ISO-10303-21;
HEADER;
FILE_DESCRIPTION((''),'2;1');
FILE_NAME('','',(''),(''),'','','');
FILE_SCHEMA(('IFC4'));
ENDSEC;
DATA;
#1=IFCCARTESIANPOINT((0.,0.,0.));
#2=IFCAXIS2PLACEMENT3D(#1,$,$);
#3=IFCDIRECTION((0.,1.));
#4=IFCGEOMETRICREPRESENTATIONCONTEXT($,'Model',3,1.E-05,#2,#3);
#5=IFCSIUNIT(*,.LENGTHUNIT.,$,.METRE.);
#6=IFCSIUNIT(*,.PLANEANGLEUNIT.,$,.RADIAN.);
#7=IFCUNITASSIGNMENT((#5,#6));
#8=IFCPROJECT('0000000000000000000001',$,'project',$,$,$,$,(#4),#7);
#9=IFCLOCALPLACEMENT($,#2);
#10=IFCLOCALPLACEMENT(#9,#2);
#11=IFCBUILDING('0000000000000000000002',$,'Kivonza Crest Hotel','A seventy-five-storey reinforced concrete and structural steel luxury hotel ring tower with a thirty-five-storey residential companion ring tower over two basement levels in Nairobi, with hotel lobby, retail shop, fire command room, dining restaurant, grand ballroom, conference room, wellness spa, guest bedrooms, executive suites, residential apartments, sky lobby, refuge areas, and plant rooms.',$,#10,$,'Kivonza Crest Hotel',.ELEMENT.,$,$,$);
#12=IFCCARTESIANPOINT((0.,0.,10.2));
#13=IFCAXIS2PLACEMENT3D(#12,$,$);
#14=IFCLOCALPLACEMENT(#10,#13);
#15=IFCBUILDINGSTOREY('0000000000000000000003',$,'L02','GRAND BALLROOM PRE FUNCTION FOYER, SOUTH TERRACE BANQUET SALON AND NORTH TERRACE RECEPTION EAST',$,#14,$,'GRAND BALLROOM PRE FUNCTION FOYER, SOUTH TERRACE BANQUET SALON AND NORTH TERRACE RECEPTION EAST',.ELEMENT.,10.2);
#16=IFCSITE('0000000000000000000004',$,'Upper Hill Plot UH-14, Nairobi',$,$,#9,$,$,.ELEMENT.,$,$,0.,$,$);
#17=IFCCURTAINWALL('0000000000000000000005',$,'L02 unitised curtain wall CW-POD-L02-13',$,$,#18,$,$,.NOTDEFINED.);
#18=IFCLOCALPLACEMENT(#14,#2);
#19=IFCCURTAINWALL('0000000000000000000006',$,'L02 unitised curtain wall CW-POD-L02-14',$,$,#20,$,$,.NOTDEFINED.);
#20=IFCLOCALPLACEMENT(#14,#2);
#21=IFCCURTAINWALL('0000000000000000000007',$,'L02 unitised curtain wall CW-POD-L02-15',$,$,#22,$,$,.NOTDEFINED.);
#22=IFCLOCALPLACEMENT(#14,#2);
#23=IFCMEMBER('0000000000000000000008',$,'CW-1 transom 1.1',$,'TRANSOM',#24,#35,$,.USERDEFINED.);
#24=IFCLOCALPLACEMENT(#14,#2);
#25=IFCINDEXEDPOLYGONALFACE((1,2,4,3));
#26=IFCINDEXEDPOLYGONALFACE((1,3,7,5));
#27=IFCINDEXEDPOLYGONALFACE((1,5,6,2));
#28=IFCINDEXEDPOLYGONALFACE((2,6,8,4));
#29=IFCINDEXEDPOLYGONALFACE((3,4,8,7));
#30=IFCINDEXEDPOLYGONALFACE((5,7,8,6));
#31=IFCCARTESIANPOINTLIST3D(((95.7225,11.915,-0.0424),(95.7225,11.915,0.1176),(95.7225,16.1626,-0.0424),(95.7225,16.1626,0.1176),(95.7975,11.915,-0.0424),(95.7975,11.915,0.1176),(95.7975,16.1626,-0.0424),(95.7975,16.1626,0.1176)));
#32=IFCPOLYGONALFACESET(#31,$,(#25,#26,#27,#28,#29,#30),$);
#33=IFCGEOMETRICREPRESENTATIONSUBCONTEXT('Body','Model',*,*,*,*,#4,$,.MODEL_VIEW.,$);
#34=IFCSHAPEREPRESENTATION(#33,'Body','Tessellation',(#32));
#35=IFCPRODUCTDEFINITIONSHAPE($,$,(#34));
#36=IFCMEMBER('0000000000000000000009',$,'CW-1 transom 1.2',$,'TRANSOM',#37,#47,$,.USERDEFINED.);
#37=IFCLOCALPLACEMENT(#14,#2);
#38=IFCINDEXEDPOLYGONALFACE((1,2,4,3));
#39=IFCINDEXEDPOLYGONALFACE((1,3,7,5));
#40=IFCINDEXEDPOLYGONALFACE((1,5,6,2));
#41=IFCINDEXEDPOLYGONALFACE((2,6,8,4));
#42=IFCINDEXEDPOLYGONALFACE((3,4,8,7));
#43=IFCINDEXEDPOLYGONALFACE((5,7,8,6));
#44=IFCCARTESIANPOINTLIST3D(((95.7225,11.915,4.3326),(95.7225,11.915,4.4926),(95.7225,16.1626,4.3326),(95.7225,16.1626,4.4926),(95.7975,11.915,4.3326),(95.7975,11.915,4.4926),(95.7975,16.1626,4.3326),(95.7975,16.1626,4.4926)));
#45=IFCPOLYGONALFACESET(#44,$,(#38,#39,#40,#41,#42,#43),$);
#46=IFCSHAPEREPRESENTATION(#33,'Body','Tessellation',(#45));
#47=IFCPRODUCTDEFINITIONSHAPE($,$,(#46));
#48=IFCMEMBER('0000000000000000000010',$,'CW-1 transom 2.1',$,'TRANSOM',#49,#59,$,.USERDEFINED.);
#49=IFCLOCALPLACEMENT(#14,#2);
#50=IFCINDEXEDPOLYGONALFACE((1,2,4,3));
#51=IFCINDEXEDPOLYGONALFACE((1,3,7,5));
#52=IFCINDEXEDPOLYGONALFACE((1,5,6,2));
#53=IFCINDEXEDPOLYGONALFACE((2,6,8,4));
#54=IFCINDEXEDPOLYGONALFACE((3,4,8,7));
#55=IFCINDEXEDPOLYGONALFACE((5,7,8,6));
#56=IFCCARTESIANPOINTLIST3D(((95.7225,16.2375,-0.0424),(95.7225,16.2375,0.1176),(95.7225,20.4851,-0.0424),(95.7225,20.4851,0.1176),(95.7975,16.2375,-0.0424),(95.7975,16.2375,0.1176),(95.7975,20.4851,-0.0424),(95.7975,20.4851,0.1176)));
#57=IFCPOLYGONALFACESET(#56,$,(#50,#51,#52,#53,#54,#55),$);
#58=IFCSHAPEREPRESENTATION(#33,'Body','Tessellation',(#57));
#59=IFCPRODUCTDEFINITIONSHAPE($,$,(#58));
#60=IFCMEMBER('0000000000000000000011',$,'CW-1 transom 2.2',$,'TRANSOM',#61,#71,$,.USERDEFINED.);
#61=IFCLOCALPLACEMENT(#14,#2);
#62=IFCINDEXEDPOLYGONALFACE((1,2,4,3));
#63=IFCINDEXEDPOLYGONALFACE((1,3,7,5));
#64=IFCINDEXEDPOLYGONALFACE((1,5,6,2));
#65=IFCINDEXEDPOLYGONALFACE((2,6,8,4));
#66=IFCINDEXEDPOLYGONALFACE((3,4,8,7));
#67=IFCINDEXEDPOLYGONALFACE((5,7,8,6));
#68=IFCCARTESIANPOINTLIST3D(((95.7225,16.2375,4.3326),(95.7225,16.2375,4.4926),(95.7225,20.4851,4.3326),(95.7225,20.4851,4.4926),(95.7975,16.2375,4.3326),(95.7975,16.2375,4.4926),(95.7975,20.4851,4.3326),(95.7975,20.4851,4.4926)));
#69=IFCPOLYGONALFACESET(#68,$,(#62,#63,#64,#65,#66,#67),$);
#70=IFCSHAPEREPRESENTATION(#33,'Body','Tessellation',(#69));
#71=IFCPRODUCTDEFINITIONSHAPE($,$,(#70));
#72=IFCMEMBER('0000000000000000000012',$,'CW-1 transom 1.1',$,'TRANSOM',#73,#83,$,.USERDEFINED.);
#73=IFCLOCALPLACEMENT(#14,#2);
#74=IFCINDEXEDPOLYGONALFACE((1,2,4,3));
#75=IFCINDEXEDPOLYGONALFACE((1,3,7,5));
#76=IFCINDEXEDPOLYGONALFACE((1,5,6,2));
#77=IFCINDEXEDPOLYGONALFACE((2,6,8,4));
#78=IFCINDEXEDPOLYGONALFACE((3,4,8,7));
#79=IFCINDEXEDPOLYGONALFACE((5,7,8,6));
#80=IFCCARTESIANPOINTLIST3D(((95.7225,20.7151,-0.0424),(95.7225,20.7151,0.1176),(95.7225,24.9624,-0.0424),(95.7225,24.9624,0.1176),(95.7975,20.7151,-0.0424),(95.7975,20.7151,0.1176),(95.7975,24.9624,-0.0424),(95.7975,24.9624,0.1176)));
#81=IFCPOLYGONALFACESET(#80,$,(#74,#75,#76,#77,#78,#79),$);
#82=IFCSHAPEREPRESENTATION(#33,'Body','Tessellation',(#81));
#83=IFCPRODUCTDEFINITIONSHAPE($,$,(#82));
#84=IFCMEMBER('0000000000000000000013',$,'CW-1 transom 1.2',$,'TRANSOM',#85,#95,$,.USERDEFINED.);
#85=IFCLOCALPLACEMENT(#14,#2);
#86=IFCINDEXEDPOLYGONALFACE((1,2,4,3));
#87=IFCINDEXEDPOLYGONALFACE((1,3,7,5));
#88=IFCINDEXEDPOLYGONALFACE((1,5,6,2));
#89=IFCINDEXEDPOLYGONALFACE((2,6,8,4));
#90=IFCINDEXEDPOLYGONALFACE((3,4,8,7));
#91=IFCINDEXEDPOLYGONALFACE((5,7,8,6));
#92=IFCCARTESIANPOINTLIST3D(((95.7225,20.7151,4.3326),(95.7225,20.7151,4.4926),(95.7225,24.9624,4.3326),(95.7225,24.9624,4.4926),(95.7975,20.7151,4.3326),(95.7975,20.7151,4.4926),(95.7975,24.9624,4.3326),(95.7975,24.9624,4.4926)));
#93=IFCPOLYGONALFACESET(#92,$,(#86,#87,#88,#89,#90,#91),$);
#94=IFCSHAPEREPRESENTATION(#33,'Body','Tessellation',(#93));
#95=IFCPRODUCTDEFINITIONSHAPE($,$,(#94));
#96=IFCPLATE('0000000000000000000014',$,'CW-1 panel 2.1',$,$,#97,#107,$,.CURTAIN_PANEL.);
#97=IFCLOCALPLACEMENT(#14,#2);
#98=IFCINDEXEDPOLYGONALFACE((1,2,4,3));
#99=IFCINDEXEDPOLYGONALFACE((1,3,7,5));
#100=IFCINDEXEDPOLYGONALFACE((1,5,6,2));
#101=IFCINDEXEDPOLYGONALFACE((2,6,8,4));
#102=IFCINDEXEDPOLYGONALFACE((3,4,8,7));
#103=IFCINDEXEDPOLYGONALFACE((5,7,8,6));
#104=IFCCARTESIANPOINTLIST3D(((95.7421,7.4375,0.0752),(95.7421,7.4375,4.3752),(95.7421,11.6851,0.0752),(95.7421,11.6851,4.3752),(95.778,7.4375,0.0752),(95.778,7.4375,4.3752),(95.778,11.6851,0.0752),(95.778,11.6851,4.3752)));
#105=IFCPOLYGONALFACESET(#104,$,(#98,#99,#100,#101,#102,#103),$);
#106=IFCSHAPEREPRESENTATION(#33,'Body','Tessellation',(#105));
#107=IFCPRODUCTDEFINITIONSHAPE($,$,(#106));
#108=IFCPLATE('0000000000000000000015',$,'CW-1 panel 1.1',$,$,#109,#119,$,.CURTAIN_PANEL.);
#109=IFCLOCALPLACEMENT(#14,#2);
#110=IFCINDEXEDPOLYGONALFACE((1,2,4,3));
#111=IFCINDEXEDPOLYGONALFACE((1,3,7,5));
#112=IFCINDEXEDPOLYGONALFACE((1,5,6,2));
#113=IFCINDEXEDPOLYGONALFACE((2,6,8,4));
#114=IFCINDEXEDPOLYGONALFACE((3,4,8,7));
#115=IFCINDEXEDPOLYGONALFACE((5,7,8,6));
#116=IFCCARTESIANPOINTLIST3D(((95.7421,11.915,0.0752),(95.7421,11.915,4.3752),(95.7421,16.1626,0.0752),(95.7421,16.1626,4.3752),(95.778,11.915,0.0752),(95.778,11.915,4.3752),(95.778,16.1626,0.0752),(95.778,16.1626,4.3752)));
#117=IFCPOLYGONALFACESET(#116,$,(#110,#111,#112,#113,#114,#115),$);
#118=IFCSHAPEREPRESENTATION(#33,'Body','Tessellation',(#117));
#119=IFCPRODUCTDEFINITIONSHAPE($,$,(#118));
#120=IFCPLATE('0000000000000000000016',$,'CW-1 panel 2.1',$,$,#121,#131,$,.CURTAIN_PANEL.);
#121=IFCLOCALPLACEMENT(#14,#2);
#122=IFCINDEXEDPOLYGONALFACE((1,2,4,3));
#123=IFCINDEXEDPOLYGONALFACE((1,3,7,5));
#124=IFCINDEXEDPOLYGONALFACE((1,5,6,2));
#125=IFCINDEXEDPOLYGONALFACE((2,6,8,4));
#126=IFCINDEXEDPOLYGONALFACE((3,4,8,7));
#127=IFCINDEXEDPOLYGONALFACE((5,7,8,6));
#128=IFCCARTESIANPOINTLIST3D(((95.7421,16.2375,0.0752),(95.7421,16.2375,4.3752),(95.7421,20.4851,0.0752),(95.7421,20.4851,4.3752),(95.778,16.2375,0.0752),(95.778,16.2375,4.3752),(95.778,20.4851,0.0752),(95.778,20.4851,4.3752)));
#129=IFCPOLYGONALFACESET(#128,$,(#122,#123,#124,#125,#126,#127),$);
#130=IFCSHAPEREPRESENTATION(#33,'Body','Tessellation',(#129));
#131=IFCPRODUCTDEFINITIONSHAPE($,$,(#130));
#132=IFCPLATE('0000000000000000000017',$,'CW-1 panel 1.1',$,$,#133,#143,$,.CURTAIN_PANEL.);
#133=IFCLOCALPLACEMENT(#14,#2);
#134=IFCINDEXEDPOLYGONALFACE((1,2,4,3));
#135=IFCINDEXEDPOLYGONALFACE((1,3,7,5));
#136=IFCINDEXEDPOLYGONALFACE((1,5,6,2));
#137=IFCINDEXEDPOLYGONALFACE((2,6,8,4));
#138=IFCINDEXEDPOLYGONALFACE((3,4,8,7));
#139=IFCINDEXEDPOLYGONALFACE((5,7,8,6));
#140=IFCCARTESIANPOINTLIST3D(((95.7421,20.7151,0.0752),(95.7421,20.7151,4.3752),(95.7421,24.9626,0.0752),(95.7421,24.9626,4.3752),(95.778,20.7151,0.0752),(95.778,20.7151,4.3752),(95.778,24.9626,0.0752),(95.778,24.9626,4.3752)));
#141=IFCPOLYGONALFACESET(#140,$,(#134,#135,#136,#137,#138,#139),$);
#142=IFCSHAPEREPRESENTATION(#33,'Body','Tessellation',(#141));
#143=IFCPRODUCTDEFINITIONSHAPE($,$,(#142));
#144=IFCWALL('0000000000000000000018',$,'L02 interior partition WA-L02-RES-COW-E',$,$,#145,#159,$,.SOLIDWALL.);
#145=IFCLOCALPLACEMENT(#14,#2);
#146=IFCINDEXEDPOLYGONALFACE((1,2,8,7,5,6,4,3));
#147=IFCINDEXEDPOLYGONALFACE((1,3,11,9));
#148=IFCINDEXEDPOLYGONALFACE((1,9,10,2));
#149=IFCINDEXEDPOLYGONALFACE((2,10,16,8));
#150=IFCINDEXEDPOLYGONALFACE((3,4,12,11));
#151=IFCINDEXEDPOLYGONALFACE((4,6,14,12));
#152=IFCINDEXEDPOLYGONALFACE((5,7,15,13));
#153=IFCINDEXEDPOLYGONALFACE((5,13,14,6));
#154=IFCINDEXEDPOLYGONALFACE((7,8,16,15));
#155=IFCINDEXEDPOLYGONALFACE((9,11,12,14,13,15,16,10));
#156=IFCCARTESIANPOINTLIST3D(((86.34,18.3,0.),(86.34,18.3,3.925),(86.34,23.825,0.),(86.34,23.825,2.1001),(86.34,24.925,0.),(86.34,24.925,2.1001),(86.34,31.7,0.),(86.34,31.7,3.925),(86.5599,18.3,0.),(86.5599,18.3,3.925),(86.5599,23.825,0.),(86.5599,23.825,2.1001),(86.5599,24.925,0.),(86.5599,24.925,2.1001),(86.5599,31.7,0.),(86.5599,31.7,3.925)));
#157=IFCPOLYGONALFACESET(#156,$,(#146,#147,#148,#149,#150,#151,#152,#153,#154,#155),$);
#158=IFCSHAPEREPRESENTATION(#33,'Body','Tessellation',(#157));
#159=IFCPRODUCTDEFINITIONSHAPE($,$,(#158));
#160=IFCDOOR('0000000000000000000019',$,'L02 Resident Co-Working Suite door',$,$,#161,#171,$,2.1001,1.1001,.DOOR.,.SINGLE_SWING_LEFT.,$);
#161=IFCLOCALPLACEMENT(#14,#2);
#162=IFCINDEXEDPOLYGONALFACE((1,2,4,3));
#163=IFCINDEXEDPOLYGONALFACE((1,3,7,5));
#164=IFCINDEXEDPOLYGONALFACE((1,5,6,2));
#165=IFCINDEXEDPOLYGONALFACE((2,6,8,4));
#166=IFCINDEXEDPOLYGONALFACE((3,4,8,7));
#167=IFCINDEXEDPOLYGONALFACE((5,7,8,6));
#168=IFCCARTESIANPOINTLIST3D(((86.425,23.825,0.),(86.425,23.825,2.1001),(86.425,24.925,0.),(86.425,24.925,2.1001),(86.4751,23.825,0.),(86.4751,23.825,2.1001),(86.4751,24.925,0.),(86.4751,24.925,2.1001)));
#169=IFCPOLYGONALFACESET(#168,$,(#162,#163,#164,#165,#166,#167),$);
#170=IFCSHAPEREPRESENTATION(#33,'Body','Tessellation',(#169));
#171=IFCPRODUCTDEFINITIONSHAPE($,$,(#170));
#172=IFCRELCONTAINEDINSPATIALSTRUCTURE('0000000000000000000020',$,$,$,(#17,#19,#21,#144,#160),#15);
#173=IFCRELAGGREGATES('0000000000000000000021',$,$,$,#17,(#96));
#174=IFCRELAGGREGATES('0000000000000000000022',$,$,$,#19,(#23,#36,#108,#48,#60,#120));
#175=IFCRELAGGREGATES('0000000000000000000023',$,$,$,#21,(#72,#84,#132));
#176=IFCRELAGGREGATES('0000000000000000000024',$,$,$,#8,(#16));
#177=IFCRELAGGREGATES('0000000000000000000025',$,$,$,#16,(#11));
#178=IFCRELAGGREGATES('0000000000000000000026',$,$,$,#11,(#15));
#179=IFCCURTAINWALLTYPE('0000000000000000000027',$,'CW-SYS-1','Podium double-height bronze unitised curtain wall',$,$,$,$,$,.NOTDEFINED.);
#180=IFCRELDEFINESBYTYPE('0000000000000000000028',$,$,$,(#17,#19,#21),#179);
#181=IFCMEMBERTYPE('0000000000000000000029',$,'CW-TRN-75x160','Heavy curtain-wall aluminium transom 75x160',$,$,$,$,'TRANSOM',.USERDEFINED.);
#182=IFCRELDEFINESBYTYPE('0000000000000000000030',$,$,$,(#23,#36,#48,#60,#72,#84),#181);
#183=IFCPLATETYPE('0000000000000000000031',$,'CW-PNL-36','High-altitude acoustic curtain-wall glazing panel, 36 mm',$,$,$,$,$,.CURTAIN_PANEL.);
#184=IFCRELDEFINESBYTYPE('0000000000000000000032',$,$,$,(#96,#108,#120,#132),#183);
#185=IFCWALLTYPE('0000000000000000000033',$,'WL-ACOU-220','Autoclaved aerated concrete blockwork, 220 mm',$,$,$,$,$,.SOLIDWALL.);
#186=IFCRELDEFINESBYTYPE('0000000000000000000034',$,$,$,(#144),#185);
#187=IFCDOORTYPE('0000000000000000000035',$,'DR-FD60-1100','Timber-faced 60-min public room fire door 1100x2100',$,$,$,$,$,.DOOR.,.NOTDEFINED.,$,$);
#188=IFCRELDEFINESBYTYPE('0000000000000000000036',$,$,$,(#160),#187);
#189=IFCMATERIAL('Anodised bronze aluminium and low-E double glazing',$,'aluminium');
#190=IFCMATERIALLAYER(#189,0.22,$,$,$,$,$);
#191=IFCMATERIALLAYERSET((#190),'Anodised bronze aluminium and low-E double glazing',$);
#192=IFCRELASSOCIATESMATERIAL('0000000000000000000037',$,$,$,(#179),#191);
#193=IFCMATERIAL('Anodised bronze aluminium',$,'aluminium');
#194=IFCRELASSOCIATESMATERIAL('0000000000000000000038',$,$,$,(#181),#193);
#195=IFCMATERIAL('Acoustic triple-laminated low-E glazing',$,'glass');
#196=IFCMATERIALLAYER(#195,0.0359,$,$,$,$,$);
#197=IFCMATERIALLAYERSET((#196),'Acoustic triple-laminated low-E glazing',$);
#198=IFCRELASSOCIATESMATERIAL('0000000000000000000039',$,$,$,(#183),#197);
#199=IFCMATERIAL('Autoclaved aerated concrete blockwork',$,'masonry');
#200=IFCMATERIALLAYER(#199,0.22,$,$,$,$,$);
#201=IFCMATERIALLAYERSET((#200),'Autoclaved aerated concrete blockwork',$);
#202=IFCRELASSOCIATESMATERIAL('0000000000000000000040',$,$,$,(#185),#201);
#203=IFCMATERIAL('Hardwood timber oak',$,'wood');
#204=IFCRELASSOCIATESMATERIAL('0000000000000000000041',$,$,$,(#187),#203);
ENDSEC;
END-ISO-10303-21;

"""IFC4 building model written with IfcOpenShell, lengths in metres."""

from ifc_helpers import new_model, si_unit, direction, frame, frame_2d, origin, origin_2d, place, context, subcontext, project, spatial, rectangle, extrude, material, layer, layer_set, material_profile, profile_set, type_object, element, fill, aggregate, save


model = new_model("IFC4")

# Units and contexts
model_context = context("Model", 3, precision=1e-05, world=origin(), true_north=direction((0.0, 1.0)))
body_context = subcontext(model_context, "Body", "Model", "MODEL_VIEW")
ifc_project = project(units=[si_unit("LENGTHUNIT", "METRE"), si_unit("PLANEANGLEUNIT", "RADIAN")], contexts=[model_context])

# Site, building, storey
site_placement = place(None, origin())
site = spatial("IfcSite", under=ifc_project, at=site_placement, Name="Upper Hill Plot UH-14, Nairobi", CompositionType="ELEMENT", RefElevation=0.0)
building_placement = place(site_placement, origin())
building = spatial("IfcBuilding", under=site, at=building_placement, Name="Kivonza Crest Hotel", Description="A seventy-five-storey reinforced concrete and structural steel luxury hotel ring tower with a thirty-five-storey residential companion ring tower over two basement levels in Nairobi, with hotel lobby, retail shop, fire command room, dining restaurant, grand ballroom, conference room, wellness spa, guest bedrooms, executive suites, residential apartments, sky lobby, refuge areas, and plant rooms.", LongName="Kivonza Crest Hotel", CompositionType="ELEMENT")
storey_placement = place(building_placement, frame((0.0, 0.0, 10.2)))
storey = spatial("IfcBuildingStorey", under=building, at=storey_placement, Name="L02", Description="GRAND BALLROOM PRE FUNCTION FOYER, SOUTH TERRACE BANQUET SALON AND NORTH TERRACE RECEPTION EAST", LongName="GRAND BALLROOM PRE FUNCTION FOYER, SOUTH TERRACE BANQUET SALON AND NORTH TERRACE RECEPTION EAST", CompositionType="ELEMENT", Elevation=10.2)

# Curtain wall
ifc_material_1 = material(Name="Anodised bronze aluminium and low-E double glazing", Category="aluminium")
ifc_layer_1 = layer(ifc_material_1, 0.22)
ifc_layer_set_1 = layer_set([ifc_layer_1], Name="Anodised bronze aluminium and low-E double glazing")
curtain_wall_type = type_object("IfcCurtainWallType", Name="CW-SYS-1", Description="Podium double-height bronze unitised curtain wall", PredefinedType="NOTDEFINED", material=ifc_layer_set_1)
curtain_wall_1_placement = place(storey_placement, origin())
curtain_wall_1 = element("IfcCurtainWall", 1, at=curtain_wall_1_placement, inside=storey, type_object=curtain_wall_type, Name="L02 unitised curtain wall CW-POD-L02-13", PredefinedType="NOTDEFINED")
ifc_material_2 = material(Name="Anodised bronze aluminium", Category="aluminium")

# Curtain wall
curtain_wall_2_placement = place(storey_placement, origin())
curtain_wall_2 = element("IfcCurtainWall", 2, at=curtain_wall_2_placement, inside=storey, type_object=curtain_wall_type, Name="L02 unitised curtain wall CW-POD-L02-14", PredefinedType="NOTDEFINED")

# Curtain wall
curtain_wall_3_placement = place(storey_placement, origin())
curtain_wall_3 = element("IfcCurtainWall", 3, at=curtain_wall_3_placement, inside=storey, type_object=curtain_wall_type, Name="L02 unitised curtain wall CW-POD-L02-15", PredefinedType="NOTDEFINED")

# Members
ifc_material_profile_1 = material_profile(ifc_material_2, rectangle(XDim=0.075, YDim=0.1599, at=origin_2d()), Name="CW-T 75x160")
ifc_profile_set_1 = profile_set([ifc_material_profile_1], Name="Anodised bronze aluminium")
member_type_1 = type_object("IfcMemberType", Name="CW-TRN-75x160", Description="Heavy curtain-wall aluminium transom 75x160", ElementType="TRANSOM", PredefinedType="USERDEFINED", material=ifc_profile_set_1)
member_1_placement = place(storey_placement, frame((95.76, 11.915, 0.0376), z_axis=(0.0, 1.0, 0.0), x_axis=(-1.0, 0.0, 0.0)))
member_1 = element("IfcMember", 4, at=member_1_placement, type_object=member_type_1, Name="CW-1 transom 1.1", ObjectType="TRANSOM", PredefinedType="USERDEFINED", context=body_context, shape_type="SweptSolid", body=[
    extrude(rectangle(XDim=0.075, YDim=0.1599, at=origin_2d()), origin(), (0.0, 0.0, 1.0), 4.2476),
])
member_2_placement = place(storey_placement, frame((95.76, 11.915, 4.4126), z_axis=(0.0, 1.0, 0.0), x_axis=(-1.0, 0.0, 0.0)))
member_2 = element("IfcMember", 5, at=member_2_placement, type_object=member_type_1, Name="CW-1 transom 1.2", ObjectType="TRANSOM", PredefinedType="USERDEFINED", context=body_context, shape_type="SweptSolid", body=[
    extrude(rectangle(XDim=0.075, YDim=0.1599, at=origin_2d()), origin(), (0.0, 0.0, 1.0), 4.2476),
])
member_3_placement = place(storey_placement, frame((95.76, 16.2375, 0.0376), z_axis=(0.0, 1.0, 0.0), x_axis=(-1.0, 0.0, 0.0)))
member_3 = element("IfcMember", 6, at=member_3_placement, type_object=member_type_1, Name="CW-1 transom 2.1", ObjectType="TRANSOM", PredefinedType="USERDEFINED", context=body_context, shape_type="SweptSolid", body=[
    extrude(rectangle(XDim=0.075, YDim=0.1599, at=origin_2d()), origin(), (0.0, 0.0, 1.0), 4.2476),
])
member_4_placement = place(storey_placement, frame((95.76, 16.2375, 4.4126), z_axis=(0.0, 1.0, 0.0), x_axis=(-1.0, 0.0, 0.0)))
member_4 = element("IfcMember", 7, at=member_4_placement, type_object=member_type_1, Name="CW-1 transom 2.2", ObjectType="TRANSOM", PredefinedType="USERDEFINED", context=body_context, shape_type="SweptSolid", body=[
    extrude(rectangle(XDim=0.075, YDim=0.1599, at=origin_2d()), origin(), (0.0, 0.0, 1.0), 4.2476),
])
member_5_placement = place(storey_placement, frame((95.76, 20.7151, 0.0376), z_axis=(0.0, 1.0, 0.0), x_axis=(-1.0, 0.0, 0.0)))
member_5 = element("IfcMember", 8, at=member_5_placement, type_object=member_type_1, Name="CW-1 transom 1.1", ObjectType="TRANSOM", PredefinedType="USERDEFINED", context=body_context, shape_type="SweptSolid", body=[
    extrude(rectangle(XDim=0.075, YDim=0.1599, at=origin_2d()), origin(), (0.0, 0.0, 1.0), 4.2473),
])
member_6_placement = place(storey_placement, frame((95.76, 20.7151, 4.4126), z_axis=(0.0, 1.0, 0.0), x_axis=(-1.0, 0.0, 0.0)))
member_6 = element("IfcMember", 9, at=member_6_placement, type_object=member_type_1, Name="CW-1 transom 1.2", ObjectType="TRANSOM", PredefinedType="USERDEFINED", context=body_context, shape_type="SweptSolid", body=[
    extrude(rectangle(XDim=0.075, YDim=0.1599, at=origin_2d()), origin(), (0.0, 0.0, 1.0), 4.2473),
])

# Plates
ifc_material_3 = material(Name="Acoustic triple-laminated low-E glazing", Category="glass")
ifc_layer_2 = layer(ifc_material_3, 0.0359)
ifc_layer_set_2 = layer_set([ifc_layer_2], Name="Acoustic triple-laminated low-E glazing")
plate_type = type_object("IfcPlateType", Name="CW-PNL-36", Description="High-altitude acoustic curtain-wall glazing panel, 36 mm", PredefinedType="CURTAIN_PANEL", material=ifc_layer_set_2)
plate_1_placement = place(storey_placement, frame((95.76, 9.5613, 0.0752), z_axis=(0.0, 0.0, 1.0), x_axis=(0.0, 1.0, 0.0)))
plate_1 = element("IfcPlate", 10, at=plate_1_placement, type_object=plate_type, Name="CW-1 panel 2.1", PredefinedType="CURTAIN_PANEL", context=body_context, shape_type="SweptSolid", body=[
    extrude(rectangle(XDim=4.2476, YDim=0.0359, at=origin_2d()), origin(), (0.0, 0.0, 1.0), 4.3),
])
aggregate(curtain_wall_1, [plate_1])
plate_2_placement = place(storey_placement, frame((95.76, 14.0388, 0.0752), z_axis=(0.0, 0.0, 1.0), x_axis=(0.0, 1.0, 0.0)))
plate_2 = element("IfcPlate", 11, at=plate_2_placement, type_object=plate_type, Name="CW-1 panel 1.1", PredefinedType="CURTAIN_PANEL", context=body_context, shape_type="SweptSolid", body=[
    extrude(rectangle(XDim=4.2476, YDim=0.0359, at=origin_2d()), origin(), (0.0, 0.0, 1.0), 4.3),
])
plate_3_placement = place(storey_placement, frame((95.76, 18.3613, 0.0752), z_axis=(0.0, 0.0, 1.0), x_axis=(0.0, 1.0, 0.0)))
plate_3 = element("IfcPlate", 12, at=plate_3_placement, type_object=plate_type, Name="CW-1 panel 2.1", PredefinedType="CURTAIN_PANEL", context=body_context, shape_type="SweptSolid", body=[
    extrude(rectangle(XDim=4.2476, YDim=0.0359, at=origin_2d()), origin(), (0.0, 0.0, 1.0), 4.3),
])
aggregate(curtain_wall_2, [member_1, member_2, plate_2, member_3, member_4, plate_3])
plate_4_placement = place(storey_placement, frame((95.76, 22.8389, 0.0752), z_axis=(0.0, 0.0, 1.0), x_axis=(0.0, 1.0, 0.0)))
plate_4 = element("IfcPlate", 13, at=plate_4_placement, type_object=plate_type, Name="CW-1 panel 1.1", PredefinedType="CURTAIN_PANEL", context=body_context, shape_type="SweptSolid", body=[
    extrude(rectangle(XDim=4.2476, YDim=0.0359, at=origin_2d()), origin(), (0.0, 0.0, 1.0), 4.3),
])
aggregate(curtain_wall_3, [member_5, member_6, plate_4])

# Wall, opening, door
ifc_material_4 = material(Name="Autoclaved aerated concrete blockwork", Category="masonry")
ifc_layer_3 = layer(ifc_material_4, 0.22)
ifc_layer_set_3 = layer_set([ifc_layer_3], Name="Autoclaved aerated concrete blockwork")
wall_type_1 = type_object("IfcWallType", Name="WL-ACOU-220", Description="Autoclaved aerated concrete blockwork, 220 mm", PredefinedType="SOLIDWALL", material=ifc_layer_set_3)
wall_1_placement = place(storey_placement, frame((86.45, 18.3, 0.0), z_axis=(0.0, 0.0, 1.0), x_axis=(0.0, 1.0, 0.0)))
wall_1 = element("IfcWall", 14, at=wall_1_placement, inside=storey, type_object=wall_type_1, Name="L02 interior partition WA-L02-RES-COW-E", PredefinedType="SOLIDWALL", context=body_context, shape_type="SweptSolid", body=[
    extrude(rectangle(XDim=13.3999, YDim=0.22, at=frame_2d((6.7, 0.0))), origin(), (0.0, 0.0, 1.0), 3.925),
])
opening_1_placement = place(wall_1_placement, frame((5.5249, 0.0, 0.0)))
opening_1 = element("IfcOpeningElement", 15, at=opening_1_placement, cuts=wall_1, PredefinedType="OPENING", context=body_context, shape_type="SweptSolid", body=[
    extrude(rectangle(XDim=1.1001, YDim=2.1001, at=frame_2d((0.55, 1.05))), frame((0.0, 0.1201, 0.0), z_axis=(0.0, -1.0, 0.0), x_axis=(1.0, 0.0, 0.0)), (0.0, 0.0, 1.0), 0.24),
])
ifc_material_5 = material(Name="Hardwood timber oak", Category="wood")
door_type = type_object("IfcDoorType", Name="DR-FD60-1100", Description="Timber-faced 60-min public room fire door 1100x2100", OperationType="NOTDEFINED", PredefinedType="DOOR", material=ifc_material_5)
door_1_placement = place(opening_1_placement, origin())
door_1 = element("IfcDoor", 16, at=door_1_placement, inside=storey, type_object=door_type, Name="L02 Resident Co-Working Suite door", OperationType="SINGLE_SWING_LEFT", OverallHeight=2.1001, OverallWidth=1.1001, PredefinedType="DOOR", context=body_context, shape_type="SweptSolid", body=[
    extrude(rectangle(XDim=1.1001, YDim=2.1001, at=frame_2d((0.55, 1.05))), frame((0.0, 0.0249, 0.0), z_axis=(0.0, -1.0, 0.0), x_axis=(1.0, 0.0, 0.0)), (0.0, 0.0, 1.0), 0.05),
])
fill(opening_1, door_1)

save(model, "model.ifc")
